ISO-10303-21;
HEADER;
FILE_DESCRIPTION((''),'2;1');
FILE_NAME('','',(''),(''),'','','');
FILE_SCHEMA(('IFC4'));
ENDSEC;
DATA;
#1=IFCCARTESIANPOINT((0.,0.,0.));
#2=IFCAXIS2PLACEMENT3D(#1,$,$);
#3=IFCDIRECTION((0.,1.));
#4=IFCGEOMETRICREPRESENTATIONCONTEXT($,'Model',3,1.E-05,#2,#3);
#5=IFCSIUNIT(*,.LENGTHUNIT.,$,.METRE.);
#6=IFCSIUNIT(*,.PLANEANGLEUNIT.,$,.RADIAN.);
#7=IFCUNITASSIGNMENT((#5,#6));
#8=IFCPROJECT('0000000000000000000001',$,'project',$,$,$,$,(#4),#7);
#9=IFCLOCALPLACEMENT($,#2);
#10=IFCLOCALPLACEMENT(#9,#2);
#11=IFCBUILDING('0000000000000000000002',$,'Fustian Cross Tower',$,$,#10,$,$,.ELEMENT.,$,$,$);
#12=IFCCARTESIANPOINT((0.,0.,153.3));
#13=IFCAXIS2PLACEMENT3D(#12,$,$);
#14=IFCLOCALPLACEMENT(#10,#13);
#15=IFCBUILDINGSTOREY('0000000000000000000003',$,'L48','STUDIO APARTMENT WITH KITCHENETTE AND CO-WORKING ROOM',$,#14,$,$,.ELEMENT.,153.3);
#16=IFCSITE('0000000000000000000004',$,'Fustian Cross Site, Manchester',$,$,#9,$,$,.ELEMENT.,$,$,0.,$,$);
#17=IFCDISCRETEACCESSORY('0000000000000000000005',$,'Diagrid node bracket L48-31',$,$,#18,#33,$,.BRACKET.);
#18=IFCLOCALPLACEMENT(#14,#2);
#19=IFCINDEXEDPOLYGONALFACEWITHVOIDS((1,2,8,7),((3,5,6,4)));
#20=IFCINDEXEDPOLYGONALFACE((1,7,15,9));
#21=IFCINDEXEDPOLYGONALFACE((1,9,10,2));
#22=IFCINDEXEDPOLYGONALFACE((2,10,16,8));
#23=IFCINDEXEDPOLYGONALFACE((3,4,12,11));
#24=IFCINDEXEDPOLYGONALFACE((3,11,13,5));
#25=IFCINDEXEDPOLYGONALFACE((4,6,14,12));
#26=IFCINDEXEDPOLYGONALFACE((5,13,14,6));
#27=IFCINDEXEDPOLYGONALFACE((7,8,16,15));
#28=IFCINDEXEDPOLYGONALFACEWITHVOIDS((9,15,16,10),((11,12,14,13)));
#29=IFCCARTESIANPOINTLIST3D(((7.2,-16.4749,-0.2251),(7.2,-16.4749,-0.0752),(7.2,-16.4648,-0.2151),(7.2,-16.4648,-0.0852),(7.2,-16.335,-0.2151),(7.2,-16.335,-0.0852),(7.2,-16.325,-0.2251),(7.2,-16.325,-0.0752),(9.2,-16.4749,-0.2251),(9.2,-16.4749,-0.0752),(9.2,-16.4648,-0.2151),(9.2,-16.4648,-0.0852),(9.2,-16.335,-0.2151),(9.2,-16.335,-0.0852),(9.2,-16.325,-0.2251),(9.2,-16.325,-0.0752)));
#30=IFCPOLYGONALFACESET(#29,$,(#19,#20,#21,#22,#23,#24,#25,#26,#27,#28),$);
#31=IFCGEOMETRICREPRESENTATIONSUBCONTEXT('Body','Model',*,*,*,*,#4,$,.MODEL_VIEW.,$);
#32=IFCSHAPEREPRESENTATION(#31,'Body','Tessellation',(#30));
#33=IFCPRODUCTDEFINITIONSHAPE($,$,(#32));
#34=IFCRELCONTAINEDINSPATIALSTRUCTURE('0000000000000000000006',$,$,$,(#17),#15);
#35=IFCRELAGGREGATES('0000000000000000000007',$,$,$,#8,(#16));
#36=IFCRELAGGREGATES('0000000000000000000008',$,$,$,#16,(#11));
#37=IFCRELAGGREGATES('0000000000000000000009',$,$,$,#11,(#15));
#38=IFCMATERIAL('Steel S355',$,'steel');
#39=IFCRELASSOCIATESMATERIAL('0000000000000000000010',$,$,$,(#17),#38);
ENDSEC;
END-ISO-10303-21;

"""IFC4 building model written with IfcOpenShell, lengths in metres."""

from ifc_helpers import new_model, si_unit, direction, frame, origin, origin_2d, place, context, subcontext, project, spatial, hollow_rectangle, extrude, material, element, save


model = new_model("IFC4")

# Units and contexts
model_context = context("Model", 3, precision=1e-05, world=origin(), true_north=direction((0.0, 1.0)))
body_context = subcontext(model_context, "Body", "Model", "MODEL_VIEW")
ifc_project = project(units=[si_unit("LENGTHUNIT", "METRE"), si_unit("PLANEANGLEUNIT", "RADIAN")], contexts=[model_context])

# Site, building, storey
site_placement = place(None, origin())
site = spatial("IfcSite", under=ifc_project, at=site_placement, Name="Fustian Cross Site, Manchester", CompositionType="ELEMENT", RefElevation=0.0)
building_placement = place(site_placement, origin())
building = spatial("IfcBuilding", under=site, at=building_placement, Name="Fustian Cross Tower", CompositionType="ELEMENT")
storey_placement = place(building_placement, frame((0.0, 0.0, 153.3)))
storey = spatial("IfcBuildingStorey", under=building, at=storey_placement, Name="L48", Description="STUDIO APARTMENT WITH KITCHENETTE AND CO-WORKING ROOM", CompositionType="ELEMENT", Elevation=153.3)

# Discrete accessory
ifc_material_1 = material(Name="Steel S355", Category="steel")
discrete_accessory_placement = place(storey_placement, frame((9.2, -16.3999, -0.1501), z_axis=(-1.0, 0.0, 0.0), x_axis=(0.0, -1.0, 0.0)))
element("IfcDiscreteAccessory", 1, at=discrete_accessory_placement, inside=storey, material=ifc_material_1, Name="Diagrid node bracket L48-31", PredefinedType="BRACKET", context=body_context, shape_type="SweptSolid", body=[
    extrude(hollow_rectangle(XDim=0.1499, YDim=0.1499, WallThickness=0.01, at=origin_2d()), origin(), (0.0, 0.0, 1.0), 2.0),
])

save(model, "model.ifc")
